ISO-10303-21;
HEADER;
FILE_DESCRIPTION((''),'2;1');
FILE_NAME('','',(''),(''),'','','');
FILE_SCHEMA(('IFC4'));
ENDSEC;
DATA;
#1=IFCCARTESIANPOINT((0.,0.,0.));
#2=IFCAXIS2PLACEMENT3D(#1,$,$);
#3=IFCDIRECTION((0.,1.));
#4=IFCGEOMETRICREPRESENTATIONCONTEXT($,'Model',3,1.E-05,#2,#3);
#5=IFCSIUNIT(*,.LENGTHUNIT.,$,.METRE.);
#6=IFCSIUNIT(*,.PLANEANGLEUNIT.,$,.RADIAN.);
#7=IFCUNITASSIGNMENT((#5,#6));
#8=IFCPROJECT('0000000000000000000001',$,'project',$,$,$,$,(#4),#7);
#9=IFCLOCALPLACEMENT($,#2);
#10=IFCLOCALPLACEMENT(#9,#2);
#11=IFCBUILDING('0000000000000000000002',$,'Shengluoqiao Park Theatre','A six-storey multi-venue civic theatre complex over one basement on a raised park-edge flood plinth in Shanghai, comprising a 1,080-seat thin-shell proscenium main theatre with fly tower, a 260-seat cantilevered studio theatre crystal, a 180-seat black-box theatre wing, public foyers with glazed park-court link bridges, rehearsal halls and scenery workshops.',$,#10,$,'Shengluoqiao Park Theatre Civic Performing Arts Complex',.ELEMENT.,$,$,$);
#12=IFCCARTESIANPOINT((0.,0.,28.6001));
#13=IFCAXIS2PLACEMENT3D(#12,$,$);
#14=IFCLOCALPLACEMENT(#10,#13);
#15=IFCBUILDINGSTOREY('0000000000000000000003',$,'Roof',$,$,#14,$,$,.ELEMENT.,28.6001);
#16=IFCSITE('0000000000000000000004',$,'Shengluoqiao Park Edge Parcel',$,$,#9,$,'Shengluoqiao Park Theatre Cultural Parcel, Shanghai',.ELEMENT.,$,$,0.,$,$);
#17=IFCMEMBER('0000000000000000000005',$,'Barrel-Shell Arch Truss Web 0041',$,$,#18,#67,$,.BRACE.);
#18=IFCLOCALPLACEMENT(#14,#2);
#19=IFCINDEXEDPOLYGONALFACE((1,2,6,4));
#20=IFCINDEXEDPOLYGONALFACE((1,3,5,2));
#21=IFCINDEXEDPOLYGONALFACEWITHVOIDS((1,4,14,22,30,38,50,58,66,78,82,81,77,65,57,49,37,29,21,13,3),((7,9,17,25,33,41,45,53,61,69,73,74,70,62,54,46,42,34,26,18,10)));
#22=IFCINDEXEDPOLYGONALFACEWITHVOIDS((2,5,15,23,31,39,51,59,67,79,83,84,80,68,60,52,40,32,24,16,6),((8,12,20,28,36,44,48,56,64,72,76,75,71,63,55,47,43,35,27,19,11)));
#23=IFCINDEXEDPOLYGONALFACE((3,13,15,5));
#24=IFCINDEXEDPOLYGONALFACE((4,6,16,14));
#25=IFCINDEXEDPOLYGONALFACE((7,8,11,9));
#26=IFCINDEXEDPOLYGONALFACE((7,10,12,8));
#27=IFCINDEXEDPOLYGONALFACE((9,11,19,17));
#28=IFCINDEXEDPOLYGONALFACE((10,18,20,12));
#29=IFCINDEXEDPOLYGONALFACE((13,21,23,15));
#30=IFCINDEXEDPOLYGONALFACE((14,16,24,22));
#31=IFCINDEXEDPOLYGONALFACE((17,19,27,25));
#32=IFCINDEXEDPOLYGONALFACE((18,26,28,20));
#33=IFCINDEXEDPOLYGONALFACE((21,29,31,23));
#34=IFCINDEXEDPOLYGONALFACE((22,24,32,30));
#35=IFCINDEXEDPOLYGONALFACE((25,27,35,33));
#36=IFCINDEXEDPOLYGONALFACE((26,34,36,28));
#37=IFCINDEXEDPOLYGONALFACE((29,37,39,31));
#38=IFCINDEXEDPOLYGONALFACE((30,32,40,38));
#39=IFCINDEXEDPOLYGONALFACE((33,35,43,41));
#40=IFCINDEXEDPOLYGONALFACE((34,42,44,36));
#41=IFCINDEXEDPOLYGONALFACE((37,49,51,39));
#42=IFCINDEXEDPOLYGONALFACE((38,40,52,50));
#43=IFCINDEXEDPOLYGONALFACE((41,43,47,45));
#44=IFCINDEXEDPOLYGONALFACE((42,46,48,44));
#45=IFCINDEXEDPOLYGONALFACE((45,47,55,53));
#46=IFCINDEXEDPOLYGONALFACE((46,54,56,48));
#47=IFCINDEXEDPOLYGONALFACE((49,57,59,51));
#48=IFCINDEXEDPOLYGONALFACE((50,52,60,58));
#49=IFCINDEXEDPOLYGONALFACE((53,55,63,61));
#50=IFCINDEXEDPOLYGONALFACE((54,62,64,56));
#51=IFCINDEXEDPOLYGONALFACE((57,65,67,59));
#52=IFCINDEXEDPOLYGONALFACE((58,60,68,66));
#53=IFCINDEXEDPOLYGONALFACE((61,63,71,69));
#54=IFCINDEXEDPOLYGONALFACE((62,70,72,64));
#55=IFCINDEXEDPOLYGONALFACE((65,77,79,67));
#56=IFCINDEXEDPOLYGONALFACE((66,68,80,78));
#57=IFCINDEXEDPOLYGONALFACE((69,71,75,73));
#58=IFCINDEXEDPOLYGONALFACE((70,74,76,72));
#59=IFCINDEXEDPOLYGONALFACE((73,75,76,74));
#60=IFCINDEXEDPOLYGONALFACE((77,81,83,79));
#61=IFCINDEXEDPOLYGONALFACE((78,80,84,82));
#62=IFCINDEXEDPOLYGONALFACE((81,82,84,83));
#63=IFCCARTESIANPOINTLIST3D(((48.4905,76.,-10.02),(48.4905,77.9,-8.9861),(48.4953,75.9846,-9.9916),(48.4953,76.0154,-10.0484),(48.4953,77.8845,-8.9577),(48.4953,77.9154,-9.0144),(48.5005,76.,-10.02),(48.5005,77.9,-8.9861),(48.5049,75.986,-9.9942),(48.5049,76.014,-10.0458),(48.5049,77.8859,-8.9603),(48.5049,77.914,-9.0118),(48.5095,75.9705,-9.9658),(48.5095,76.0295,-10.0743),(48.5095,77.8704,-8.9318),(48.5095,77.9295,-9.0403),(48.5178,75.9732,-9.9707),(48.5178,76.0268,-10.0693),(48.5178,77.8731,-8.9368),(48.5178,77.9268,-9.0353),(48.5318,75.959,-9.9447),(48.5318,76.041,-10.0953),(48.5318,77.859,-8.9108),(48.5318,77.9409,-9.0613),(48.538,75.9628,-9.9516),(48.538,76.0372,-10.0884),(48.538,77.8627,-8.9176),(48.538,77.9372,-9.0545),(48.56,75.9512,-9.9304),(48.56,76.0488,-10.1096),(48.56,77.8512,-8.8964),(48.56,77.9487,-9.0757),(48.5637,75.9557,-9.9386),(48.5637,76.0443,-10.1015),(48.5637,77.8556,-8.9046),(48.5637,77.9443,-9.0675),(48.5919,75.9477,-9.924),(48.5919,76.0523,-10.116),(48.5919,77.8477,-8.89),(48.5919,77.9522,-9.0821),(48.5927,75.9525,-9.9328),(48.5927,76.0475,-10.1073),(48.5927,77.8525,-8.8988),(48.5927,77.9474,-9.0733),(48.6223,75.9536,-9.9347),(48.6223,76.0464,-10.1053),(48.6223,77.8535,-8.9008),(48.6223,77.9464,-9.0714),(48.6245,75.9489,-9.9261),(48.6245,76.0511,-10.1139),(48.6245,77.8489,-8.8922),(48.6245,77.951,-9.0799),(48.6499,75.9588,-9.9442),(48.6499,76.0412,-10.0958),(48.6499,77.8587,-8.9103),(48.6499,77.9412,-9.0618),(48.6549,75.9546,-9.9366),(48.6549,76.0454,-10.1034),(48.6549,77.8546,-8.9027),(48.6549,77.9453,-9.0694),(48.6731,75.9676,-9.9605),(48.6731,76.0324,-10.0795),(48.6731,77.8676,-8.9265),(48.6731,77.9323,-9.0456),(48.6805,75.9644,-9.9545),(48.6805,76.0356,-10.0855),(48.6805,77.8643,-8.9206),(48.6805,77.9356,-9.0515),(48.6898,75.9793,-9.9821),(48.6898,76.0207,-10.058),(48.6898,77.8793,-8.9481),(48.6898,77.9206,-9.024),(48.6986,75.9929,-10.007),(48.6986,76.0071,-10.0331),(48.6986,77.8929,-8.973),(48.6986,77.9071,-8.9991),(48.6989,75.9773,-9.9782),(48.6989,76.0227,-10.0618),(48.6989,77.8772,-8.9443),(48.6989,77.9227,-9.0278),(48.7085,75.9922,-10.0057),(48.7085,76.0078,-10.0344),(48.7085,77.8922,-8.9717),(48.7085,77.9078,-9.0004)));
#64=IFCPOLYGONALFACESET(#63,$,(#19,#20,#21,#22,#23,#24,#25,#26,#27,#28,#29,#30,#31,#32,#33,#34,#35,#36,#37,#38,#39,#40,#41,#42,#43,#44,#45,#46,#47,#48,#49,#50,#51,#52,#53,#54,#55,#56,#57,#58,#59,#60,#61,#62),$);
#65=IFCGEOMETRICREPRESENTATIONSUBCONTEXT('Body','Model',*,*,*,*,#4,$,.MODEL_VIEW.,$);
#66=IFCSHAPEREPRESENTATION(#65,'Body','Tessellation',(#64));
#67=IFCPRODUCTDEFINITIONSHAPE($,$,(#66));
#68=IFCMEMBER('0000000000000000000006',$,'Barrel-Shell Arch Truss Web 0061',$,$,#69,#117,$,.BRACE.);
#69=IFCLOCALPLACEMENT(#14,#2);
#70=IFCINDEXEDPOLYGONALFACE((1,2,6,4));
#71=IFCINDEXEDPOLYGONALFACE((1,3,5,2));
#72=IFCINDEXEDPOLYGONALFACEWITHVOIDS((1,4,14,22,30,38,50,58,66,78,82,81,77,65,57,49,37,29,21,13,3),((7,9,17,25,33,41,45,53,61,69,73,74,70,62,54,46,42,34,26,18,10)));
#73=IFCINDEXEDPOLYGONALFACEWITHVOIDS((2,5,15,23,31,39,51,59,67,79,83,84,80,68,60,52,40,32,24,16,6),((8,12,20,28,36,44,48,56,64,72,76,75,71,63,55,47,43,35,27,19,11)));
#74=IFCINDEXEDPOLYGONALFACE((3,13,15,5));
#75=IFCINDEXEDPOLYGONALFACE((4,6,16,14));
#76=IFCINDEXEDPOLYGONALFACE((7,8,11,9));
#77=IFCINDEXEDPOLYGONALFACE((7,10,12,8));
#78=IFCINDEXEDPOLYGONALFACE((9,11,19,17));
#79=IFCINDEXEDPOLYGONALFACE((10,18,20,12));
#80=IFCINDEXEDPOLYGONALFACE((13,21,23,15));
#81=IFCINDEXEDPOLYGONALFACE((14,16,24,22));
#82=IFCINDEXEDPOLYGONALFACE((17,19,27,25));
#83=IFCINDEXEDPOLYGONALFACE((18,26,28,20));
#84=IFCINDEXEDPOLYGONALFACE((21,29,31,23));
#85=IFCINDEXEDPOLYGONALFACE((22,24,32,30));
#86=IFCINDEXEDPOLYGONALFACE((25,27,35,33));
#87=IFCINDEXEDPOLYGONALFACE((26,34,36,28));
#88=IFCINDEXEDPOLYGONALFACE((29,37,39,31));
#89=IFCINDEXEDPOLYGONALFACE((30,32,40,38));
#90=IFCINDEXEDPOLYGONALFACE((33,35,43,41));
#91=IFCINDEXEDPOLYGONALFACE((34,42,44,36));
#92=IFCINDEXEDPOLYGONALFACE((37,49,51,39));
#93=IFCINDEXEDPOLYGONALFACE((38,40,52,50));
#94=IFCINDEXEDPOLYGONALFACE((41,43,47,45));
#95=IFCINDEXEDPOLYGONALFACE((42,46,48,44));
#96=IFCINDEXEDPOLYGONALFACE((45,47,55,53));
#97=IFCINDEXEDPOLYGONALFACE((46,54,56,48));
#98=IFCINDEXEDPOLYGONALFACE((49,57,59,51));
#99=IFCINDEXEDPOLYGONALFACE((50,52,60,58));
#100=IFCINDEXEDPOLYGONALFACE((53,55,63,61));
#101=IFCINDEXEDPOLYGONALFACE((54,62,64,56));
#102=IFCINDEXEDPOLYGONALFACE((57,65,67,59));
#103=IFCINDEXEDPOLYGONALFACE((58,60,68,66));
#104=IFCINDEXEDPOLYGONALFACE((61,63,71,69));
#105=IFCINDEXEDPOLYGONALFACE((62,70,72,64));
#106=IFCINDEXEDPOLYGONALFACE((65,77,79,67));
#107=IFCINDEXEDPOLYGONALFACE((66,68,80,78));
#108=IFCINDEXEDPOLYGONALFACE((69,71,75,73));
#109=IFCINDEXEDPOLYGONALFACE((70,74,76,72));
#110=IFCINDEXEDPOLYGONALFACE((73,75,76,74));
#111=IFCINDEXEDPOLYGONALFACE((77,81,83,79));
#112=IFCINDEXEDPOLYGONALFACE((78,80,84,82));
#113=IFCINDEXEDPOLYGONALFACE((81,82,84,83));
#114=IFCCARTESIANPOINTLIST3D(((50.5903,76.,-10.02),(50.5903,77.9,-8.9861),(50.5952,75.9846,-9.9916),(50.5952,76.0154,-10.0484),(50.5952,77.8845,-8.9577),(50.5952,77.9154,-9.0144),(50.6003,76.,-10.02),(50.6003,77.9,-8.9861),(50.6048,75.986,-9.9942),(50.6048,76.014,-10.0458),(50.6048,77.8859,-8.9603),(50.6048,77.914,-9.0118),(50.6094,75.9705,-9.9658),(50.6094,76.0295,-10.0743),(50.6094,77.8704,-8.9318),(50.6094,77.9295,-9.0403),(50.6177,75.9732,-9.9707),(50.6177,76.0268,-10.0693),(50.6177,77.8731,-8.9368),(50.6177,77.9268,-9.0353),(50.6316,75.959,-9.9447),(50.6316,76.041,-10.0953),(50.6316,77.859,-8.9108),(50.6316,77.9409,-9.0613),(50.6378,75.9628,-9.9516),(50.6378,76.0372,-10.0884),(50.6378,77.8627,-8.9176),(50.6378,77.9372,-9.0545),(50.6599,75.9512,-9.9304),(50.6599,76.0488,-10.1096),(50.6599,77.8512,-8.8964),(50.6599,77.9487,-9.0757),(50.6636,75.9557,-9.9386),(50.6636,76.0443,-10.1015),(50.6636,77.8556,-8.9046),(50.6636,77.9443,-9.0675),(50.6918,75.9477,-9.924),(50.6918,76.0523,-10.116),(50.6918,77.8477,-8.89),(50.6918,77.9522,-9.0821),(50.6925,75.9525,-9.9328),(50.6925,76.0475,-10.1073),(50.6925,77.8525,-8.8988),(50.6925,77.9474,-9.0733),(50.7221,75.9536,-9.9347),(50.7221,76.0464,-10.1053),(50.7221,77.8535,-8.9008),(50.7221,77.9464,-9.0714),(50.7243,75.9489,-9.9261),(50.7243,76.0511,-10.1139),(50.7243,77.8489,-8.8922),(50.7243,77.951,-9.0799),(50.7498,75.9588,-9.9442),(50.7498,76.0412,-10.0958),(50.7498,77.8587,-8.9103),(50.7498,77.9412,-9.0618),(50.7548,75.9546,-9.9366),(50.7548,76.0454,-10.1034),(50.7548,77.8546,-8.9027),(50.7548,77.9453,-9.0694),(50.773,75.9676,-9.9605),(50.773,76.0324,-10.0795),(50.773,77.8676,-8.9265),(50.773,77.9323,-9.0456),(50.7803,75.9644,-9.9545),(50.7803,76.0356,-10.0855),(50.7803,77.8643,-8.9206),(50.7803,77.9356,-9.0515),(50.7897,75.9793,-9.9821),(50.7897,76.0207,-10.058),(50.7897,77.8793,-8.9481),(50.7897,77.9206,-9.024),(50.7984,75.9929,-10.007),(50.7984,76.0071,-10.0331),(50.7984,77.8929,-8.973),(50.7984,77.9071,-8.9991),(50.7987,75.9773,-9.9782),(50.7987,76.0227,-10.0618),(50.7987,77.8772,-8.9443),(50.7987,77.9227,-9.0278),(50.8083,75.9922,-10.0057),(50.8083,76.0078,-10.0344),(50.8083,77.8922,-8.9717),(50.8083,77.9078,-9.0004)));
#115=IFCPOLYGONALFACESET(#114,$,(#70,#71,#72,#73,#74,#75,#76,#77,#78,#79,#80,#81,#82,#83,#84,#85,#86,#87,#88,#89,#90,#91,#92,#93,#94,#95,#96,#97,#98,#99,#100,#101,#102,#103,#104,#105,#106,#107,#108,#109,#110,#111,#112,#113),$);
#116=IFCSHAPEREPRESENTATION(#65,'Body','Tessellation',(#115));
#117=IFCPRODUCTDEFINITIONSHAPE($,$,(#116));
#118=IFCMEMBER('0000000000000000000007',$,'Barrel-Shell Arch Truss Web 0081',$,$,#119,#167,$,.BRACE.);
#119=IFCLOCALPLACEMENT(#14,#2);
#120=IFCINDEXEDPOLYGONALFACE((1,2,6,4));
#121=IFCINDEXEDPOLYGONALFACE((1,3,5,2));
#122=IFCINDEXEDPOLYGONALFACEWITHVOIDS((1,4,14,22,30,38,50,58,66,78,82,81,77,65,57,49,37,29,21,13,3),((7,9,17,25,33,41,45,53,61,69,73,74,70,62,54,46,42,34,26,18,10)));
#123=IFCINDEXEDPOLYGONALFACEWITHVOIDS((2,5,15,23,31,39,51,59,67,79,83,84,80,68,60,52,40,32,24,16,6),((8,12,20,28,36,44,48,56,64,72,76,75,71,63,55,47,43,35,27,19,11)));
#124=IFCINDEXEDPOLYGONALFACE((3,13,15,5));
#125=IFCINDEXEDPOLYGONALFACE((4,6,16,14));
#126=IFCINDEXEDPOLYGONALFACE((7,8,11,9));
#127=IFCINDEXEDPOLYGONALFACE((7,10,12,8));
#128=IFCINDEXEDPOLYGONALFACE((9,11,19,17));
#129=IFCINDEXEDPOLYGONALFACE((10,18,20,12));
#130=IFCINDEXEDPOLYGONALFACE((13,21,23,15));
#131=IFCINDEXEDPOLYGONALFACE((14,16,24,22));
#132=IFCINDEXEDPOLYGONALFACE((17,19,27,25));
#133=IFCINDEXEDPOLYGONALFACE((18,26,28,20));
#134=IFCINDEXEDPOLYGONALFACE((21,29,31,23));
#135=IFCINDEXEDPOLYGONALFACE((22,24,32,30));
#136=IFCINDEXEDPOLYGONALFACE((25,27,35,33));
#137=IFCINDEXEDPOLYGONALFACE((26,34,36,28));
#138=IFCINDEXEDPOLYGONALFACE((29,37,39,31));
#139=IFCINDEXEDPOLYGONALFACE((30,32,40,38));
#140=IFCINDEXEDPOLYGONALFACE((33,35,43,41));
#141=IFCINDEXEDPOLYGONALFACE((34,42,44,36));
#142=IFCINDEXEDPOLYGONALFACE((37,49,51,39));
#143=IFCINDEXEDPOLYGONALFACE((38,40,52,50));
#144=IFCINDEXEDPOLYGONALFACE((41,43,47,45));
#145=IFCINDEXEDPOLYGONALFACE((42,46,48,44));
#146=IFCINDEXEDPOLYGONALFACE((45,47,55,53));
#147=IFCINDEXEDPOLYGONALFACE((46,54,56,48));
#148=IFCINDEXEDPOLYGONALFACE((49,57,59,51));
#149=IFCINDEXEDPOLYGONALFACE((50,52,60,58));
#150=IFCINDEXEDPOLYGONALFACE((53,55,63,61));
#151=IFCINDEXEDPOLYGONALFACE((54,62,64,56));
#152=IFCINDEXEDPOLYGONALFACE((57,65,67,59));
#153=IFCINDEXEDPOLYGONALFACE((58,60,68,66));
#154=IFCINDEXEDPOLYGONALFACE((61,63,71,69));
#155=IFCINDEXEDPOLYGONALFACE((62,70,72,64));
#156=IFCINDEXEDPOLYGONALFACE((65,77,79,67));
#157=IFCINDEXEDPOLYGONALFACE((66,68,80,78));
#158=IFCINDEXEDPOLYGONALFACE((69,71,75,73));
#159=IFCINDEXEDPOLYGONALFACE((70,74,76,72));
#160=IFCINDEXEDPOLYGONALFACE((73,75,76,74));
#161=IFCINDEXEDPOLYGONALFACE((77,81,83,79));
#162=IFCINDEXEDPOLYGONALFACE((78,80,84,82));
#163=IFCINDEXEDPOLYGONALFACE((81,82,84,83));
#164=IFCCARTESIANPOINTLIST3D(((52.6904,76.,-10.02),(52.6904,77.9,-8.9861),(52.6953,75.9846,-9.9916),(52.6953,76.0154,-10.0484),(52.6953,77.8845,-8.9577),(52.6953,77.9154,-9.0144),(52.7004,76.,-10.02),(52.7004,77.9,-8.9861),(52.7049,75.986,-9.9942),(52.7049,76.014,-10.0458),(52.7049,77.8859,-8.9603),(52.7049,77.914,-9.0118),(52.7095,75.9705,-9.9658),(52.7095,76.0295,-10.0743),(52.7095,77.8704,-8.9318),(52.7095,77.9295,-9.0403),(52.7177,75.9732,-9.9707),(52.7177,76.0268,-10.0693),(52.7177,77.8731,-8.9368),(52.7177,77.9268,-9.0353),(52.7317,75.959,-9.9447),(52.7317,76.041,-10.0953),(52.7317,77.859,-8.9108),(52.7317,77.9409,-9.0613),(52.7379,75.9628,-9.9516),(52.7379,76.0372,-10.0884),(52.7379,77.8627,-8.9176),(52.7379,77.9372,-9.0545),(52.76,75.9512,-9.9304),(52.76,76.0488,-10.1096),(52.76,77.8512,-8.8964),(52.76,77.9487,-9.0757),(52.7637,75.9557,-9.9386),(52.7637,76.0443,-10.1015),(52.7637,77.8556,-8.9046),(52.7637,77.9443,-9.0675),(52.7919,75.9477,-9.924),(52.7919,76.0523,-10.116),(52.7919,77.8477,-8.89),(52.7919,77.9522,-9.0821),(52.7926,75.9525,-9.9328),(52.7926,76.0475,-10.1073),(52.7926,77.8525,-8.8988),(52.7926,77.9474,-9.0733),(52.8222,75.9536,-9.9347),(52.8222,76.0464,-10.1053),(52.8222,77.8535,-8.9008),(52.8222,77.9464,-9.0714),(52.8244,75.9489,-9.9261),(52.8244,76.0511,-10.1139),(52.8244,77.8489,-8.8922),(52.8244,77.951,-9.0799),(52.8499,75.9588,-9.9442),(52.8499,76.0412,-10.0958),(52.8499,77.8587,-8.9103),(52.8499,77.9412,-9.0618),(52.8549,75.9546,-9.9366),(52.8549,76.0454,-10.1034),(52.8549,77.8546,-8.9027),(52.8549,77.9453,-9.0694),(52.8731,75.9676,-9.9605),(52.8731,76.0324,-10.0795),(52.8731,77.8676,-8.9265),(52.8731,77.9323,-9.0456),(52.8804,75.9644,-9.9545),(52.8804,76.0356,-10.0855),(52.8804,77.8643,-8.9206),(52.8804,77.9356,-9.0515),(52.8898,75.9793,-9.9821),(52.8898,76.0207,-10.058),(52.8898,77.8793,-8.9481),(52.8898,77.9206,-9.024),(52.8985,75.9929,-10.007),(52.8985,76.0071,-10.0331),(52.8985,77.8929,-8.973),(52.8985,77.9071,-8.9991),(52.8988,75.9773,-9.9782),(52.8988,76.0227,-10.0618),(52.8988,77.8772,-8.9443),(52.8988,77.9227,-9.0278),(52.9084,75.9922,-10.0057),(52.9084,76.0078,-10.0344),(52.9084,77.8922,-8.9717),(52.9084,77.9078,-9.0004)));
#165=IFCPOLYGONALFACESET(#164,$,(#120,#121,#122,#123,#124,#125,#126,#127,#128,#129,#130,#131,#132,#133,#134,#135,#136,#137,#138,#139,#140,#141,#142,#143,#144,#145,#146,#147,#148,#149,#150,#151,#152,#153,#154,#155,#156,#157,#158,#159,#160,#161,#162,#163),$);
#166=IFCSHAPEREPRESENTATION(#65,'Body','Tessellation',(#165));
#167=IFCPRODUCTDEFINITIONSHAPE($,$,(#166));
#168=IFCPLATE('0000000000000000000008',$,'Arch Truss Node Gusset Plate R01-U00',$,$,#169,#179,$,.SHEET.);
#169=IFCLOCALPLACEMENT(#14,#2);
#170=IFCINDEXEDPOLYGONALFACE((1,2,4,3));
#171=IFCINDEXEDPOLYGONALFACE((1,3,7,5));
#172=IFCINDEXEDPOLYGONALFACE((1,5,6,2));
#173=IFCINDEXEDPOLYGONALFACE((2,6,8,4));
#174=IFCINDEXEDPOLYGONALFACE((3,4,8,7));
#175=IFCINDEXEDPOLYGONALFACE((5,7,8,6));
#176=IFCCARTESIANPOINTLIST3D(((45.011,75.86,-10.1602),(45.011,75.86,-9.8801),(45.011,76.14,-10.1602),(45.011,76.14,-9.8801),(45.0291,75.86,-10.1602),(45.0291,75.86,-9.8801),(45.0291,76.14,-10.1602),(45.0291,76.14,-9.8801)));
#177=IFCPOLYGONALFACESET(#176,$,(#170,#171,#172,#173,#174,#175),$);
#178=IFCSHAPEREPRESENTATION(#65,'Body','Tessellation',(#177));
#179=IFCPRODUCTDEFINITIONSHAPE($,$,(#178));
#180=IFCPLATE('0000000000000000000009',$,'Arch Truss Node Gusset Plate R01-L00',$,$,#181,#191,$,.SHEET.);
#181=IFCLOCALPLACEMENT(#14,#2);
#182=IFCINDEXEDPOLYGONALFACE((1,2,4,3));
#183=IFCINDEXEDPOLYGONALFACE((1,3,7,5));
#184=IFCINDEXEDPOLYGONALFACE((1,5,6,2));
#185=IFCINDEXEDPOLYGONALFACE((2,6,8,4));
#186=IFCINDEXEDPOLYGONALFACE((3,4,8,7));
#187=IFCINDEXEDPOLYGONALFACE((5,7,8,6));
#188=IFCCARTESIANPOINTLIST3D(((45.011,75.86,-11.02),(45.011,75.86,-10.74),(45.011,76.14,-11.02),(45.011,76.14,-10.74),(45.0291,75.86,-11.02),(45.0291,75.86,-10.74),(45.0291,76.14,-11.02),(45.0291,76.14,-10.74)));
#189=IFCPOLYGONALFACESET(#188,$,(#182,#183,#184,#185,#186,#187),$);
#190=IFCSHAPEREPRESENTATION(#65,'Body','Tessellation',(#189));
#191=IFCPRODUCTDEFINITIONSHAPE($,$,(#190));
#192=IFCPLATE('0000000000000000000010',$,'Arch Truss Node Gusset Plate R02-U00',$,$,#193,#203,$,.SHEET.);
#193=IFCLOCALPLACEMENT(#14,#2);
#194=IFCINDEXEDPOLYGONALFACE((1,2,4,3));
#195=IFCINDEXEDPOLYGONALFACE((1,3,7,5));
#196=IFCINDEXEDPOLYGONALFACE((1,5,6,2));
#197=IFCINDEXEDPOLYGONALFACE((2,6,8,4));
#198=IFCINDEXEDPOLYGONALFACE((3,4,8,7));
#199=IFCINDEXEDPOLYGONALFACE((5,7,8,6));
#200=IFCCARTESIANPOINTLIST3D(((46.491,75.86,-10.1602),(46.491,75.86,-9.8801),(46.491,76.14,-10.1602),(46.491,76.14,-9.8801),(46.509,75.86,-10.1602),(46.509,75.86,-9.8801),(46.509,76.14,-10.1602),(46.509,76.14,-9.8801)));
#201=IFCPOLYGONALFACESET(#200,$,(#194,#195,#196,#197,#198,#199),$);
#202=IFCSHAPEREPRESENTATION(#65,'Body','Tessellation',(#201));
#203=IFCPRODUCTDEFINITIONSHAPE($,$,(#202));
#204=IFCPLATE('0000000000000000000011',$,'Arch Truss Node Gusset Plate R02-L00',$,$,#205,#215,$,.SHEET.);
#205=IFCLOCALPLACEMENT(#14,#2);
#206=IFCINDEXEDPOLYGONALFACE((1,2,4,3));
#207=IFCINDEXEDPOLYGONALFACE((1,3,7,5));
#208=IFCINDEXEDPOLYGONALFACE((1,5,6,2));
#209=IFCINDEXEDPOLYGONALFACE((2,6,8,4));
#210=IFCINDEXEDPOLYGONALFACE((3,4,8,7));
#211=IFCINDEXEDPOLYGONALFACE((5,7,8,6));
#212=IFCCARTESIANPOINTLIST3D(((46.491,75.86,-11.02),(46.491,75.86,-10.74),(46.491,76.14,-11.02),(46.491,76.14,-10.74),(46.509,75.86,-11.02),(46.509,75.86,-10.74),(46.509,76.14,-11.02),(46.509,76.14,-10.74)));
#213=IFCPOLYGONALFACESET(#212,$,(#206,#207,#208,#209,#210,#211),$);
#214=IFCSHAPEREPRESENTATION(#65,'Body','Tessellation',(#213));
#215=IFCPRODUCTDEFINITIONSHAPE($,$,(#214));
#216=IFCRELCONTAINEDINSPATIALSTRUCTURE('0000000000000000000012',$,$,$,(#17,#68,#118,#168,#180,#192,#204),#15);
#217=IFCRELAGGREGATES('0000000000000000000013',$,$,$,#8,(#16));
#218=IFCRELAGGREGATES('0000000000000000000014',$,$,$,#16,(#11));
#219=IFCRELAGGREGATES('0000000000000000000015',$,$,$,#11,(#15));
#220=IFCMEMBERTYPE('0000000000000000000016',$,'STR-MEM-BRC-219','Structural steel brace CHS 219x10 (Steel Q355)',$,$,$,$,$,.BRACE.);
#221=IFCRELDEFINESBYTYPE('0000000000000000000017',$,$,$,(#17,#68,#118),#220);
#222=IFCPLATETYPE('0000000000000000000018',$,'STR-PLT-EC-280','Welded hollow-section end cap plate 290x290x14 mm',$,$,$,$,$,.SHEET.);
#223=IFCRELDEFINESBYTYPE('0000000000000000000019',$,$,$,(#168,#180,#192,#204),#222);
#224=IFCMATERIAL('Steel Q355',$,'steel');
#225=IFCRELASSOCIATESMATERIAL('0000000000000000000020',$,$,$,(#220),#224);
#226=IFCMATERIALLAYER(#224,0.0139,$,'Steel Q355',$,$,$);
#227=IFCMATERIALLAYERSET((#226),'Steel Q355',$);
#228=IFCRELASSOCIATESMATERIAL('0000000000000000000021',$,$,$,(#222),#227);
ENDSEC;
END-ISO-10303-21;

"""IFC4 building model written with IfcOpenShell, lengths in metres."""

from ifc_helpers import new_model, si_unit, direction, frame, origin, origin_2d, place, context, subcontext, project, spatial, rectangle, hollow_circle, extrude, material, layer, layer_set, material_profile, profile_set, type_object, element, save


model = new_model("IFC4")

# Units and contexts
model_context = context("Model", 3, precision=1e-05, world=origin(), true_north=direction((0.0, 1.0)))
body_context = subcontext(model_context, "Body", "Model", "MODEL_VIEW")
ifc_project = project(units=[si_unit("LENGTHUNIT", "METRE"), si_unit("PLANEANGLEUNIT", "RADIAN")], contexts=[model_context])

# Site, building, storey
site_placement = place(None, origin())
site = spatial("IfcSite", under=ifc_project, at=site_placement, Name="Shengluoqiao Park Edge Parcel", LongName="Shengluoqiao Park Theatre Cultural Parcel, Shanghai", CompositionType="ELEMENT", RefElevation=0.0)
building_placement = place(site_placement, origin())
building = spatial("IfcBuilding", under=site, at=building_placement, Name="Shengluoqiao Park Theatre", Description="A six-storey multi-venue civic theatre complex over one basement on a raised park-edge flood plinth in Shanghai, comprising a 1,080-seat thin-shell proscenium main theatre with fly tower, a 260-seat cantilevered studio theatre crystal, a 180-seat black-box theatre wing, public foyers with glazed park-court link bridges, rehearsal halls and scenery workshops.", LongName="Shengluoqiao Park Theatre Civic Performing Arts Complex", CompositionType="ELEMENT")
storey_placement = place(building_placement, frame((0.0, 0.0, 28.6001)))
storey = spatial("IfcBuildingStorey", under=building, at=storey_placement, Name="Roof", CompositionType="ELEMENT", Elevation=28.6001)

# Shared definitions
ifc_material_1 = material(Name="Steel Q355", Category="steel")

# Members
ifc_material_profile_1 = material_profile(ifc_material_1, hollow_circle(Radius=0.1096, WallThickness=0.01, at=origin_2d()), Name="CHS 219x10")
ifc_profile_set_1 = profile_set([ifc_material_profile_1], Name="Steel Q355")
member_type = type_object("IfcMemberType", Name="STR-MEM-BRC-219", Description="Structural steel brace CHS 219x10 (Steel Q355)", PredefinedType="BRACE", material=ifc_profile_set_1)
for number, where, z_axis, x_axis, name in (
    (1, (48.6001, 76.0, -10.02), (0.0, 0.878357, 0.478006), (-1.0, 0.0, 0.0), "Barrel-Shell Arch Truss Web 0041"),
    (2, (50.7, 76.0, -10.02), (0.0, 0.878357, 0.478006), (-1.0, 0.0, 0.0), "Barrel-Shell Arch Truss Web 0061"),
    (3, (52.8, 76.0, -10.02), (0.0, 0.878357, 0.478006), (-1.0, 0.0, 0.0), "Barrel-Shell Arch Truss Web 0081"),
):
    element("IfcMember", number, at=place(storey_placement, frame(where, z_axis=z_axis, x_axis=x_axis)), inside=storey, type_object=member_type, Name=name, PredefinedType="BRACE", context=body_context, shape_type="SweptSolid", body=[
        extrude(hollow_circle(Radius=0.1096, WallThickness=0.01, at=origin_2d()), origin(), (0.0, 0.0, 1.0), 2.1631),
    ])

# Plates
ifc_layer_1 = layer(ifc_material_1, 0.0139, Name="Steel Q355")
ifc_layer_set_1 = layer_set([ifc_layer_1], Name="Steel Q355")
plate_type = type_object("IfcPlateType", Name="STR-PLT-EC-280", Description="Welded hollow-section end cap plate 290x290x14 mm", PredefinedType="SHEET", material=ifc_layer_set_1)
for number, where, z_axis, x_axis, name in (
    (4, (45.02, 76.0, -10.1602), (0.0, 0.0, 1.0), (1.0, 0.0, 0.0), "Arch Truss Node Gusset Plate R01-U00"),
    (5, (45.02, 76.0, -11.02), (0.0, 0.0, 1.0), (1.0, 0.0, 0.0), "Arch Truss Node Gusset Plate R01-L00"),
    (6, (46.5, 76.0, -10.1602), (0.0, 0.0, 1.0), (1.0, 0.0, 0.0), "Arch Truss Node Gusset Plate R02-U00"),
    (7, (46.5, 76.0, -11.02), (0.0, 0.0, 1.0), (1.0, 0.0, 0.0), "Arch Truss Node Gusset Plate R02-L00"),
):
    element("IfcPlate", number, at=place(storey_placement, frame(where, z_axis=z_axis, x_axis=x_axis)), inside=storey, type_object=plate_type, Name=name, PredefinedType="SHEET", context=body_context, shape_type="SweptSolid", body=[
        extrude(rectangle(XDim=0.0181, YDim=0.28, at=origin_2d()), origin(), (0.0, 0.0, 1.0), 0.28),
    ])

save(model, "model.ifc")
